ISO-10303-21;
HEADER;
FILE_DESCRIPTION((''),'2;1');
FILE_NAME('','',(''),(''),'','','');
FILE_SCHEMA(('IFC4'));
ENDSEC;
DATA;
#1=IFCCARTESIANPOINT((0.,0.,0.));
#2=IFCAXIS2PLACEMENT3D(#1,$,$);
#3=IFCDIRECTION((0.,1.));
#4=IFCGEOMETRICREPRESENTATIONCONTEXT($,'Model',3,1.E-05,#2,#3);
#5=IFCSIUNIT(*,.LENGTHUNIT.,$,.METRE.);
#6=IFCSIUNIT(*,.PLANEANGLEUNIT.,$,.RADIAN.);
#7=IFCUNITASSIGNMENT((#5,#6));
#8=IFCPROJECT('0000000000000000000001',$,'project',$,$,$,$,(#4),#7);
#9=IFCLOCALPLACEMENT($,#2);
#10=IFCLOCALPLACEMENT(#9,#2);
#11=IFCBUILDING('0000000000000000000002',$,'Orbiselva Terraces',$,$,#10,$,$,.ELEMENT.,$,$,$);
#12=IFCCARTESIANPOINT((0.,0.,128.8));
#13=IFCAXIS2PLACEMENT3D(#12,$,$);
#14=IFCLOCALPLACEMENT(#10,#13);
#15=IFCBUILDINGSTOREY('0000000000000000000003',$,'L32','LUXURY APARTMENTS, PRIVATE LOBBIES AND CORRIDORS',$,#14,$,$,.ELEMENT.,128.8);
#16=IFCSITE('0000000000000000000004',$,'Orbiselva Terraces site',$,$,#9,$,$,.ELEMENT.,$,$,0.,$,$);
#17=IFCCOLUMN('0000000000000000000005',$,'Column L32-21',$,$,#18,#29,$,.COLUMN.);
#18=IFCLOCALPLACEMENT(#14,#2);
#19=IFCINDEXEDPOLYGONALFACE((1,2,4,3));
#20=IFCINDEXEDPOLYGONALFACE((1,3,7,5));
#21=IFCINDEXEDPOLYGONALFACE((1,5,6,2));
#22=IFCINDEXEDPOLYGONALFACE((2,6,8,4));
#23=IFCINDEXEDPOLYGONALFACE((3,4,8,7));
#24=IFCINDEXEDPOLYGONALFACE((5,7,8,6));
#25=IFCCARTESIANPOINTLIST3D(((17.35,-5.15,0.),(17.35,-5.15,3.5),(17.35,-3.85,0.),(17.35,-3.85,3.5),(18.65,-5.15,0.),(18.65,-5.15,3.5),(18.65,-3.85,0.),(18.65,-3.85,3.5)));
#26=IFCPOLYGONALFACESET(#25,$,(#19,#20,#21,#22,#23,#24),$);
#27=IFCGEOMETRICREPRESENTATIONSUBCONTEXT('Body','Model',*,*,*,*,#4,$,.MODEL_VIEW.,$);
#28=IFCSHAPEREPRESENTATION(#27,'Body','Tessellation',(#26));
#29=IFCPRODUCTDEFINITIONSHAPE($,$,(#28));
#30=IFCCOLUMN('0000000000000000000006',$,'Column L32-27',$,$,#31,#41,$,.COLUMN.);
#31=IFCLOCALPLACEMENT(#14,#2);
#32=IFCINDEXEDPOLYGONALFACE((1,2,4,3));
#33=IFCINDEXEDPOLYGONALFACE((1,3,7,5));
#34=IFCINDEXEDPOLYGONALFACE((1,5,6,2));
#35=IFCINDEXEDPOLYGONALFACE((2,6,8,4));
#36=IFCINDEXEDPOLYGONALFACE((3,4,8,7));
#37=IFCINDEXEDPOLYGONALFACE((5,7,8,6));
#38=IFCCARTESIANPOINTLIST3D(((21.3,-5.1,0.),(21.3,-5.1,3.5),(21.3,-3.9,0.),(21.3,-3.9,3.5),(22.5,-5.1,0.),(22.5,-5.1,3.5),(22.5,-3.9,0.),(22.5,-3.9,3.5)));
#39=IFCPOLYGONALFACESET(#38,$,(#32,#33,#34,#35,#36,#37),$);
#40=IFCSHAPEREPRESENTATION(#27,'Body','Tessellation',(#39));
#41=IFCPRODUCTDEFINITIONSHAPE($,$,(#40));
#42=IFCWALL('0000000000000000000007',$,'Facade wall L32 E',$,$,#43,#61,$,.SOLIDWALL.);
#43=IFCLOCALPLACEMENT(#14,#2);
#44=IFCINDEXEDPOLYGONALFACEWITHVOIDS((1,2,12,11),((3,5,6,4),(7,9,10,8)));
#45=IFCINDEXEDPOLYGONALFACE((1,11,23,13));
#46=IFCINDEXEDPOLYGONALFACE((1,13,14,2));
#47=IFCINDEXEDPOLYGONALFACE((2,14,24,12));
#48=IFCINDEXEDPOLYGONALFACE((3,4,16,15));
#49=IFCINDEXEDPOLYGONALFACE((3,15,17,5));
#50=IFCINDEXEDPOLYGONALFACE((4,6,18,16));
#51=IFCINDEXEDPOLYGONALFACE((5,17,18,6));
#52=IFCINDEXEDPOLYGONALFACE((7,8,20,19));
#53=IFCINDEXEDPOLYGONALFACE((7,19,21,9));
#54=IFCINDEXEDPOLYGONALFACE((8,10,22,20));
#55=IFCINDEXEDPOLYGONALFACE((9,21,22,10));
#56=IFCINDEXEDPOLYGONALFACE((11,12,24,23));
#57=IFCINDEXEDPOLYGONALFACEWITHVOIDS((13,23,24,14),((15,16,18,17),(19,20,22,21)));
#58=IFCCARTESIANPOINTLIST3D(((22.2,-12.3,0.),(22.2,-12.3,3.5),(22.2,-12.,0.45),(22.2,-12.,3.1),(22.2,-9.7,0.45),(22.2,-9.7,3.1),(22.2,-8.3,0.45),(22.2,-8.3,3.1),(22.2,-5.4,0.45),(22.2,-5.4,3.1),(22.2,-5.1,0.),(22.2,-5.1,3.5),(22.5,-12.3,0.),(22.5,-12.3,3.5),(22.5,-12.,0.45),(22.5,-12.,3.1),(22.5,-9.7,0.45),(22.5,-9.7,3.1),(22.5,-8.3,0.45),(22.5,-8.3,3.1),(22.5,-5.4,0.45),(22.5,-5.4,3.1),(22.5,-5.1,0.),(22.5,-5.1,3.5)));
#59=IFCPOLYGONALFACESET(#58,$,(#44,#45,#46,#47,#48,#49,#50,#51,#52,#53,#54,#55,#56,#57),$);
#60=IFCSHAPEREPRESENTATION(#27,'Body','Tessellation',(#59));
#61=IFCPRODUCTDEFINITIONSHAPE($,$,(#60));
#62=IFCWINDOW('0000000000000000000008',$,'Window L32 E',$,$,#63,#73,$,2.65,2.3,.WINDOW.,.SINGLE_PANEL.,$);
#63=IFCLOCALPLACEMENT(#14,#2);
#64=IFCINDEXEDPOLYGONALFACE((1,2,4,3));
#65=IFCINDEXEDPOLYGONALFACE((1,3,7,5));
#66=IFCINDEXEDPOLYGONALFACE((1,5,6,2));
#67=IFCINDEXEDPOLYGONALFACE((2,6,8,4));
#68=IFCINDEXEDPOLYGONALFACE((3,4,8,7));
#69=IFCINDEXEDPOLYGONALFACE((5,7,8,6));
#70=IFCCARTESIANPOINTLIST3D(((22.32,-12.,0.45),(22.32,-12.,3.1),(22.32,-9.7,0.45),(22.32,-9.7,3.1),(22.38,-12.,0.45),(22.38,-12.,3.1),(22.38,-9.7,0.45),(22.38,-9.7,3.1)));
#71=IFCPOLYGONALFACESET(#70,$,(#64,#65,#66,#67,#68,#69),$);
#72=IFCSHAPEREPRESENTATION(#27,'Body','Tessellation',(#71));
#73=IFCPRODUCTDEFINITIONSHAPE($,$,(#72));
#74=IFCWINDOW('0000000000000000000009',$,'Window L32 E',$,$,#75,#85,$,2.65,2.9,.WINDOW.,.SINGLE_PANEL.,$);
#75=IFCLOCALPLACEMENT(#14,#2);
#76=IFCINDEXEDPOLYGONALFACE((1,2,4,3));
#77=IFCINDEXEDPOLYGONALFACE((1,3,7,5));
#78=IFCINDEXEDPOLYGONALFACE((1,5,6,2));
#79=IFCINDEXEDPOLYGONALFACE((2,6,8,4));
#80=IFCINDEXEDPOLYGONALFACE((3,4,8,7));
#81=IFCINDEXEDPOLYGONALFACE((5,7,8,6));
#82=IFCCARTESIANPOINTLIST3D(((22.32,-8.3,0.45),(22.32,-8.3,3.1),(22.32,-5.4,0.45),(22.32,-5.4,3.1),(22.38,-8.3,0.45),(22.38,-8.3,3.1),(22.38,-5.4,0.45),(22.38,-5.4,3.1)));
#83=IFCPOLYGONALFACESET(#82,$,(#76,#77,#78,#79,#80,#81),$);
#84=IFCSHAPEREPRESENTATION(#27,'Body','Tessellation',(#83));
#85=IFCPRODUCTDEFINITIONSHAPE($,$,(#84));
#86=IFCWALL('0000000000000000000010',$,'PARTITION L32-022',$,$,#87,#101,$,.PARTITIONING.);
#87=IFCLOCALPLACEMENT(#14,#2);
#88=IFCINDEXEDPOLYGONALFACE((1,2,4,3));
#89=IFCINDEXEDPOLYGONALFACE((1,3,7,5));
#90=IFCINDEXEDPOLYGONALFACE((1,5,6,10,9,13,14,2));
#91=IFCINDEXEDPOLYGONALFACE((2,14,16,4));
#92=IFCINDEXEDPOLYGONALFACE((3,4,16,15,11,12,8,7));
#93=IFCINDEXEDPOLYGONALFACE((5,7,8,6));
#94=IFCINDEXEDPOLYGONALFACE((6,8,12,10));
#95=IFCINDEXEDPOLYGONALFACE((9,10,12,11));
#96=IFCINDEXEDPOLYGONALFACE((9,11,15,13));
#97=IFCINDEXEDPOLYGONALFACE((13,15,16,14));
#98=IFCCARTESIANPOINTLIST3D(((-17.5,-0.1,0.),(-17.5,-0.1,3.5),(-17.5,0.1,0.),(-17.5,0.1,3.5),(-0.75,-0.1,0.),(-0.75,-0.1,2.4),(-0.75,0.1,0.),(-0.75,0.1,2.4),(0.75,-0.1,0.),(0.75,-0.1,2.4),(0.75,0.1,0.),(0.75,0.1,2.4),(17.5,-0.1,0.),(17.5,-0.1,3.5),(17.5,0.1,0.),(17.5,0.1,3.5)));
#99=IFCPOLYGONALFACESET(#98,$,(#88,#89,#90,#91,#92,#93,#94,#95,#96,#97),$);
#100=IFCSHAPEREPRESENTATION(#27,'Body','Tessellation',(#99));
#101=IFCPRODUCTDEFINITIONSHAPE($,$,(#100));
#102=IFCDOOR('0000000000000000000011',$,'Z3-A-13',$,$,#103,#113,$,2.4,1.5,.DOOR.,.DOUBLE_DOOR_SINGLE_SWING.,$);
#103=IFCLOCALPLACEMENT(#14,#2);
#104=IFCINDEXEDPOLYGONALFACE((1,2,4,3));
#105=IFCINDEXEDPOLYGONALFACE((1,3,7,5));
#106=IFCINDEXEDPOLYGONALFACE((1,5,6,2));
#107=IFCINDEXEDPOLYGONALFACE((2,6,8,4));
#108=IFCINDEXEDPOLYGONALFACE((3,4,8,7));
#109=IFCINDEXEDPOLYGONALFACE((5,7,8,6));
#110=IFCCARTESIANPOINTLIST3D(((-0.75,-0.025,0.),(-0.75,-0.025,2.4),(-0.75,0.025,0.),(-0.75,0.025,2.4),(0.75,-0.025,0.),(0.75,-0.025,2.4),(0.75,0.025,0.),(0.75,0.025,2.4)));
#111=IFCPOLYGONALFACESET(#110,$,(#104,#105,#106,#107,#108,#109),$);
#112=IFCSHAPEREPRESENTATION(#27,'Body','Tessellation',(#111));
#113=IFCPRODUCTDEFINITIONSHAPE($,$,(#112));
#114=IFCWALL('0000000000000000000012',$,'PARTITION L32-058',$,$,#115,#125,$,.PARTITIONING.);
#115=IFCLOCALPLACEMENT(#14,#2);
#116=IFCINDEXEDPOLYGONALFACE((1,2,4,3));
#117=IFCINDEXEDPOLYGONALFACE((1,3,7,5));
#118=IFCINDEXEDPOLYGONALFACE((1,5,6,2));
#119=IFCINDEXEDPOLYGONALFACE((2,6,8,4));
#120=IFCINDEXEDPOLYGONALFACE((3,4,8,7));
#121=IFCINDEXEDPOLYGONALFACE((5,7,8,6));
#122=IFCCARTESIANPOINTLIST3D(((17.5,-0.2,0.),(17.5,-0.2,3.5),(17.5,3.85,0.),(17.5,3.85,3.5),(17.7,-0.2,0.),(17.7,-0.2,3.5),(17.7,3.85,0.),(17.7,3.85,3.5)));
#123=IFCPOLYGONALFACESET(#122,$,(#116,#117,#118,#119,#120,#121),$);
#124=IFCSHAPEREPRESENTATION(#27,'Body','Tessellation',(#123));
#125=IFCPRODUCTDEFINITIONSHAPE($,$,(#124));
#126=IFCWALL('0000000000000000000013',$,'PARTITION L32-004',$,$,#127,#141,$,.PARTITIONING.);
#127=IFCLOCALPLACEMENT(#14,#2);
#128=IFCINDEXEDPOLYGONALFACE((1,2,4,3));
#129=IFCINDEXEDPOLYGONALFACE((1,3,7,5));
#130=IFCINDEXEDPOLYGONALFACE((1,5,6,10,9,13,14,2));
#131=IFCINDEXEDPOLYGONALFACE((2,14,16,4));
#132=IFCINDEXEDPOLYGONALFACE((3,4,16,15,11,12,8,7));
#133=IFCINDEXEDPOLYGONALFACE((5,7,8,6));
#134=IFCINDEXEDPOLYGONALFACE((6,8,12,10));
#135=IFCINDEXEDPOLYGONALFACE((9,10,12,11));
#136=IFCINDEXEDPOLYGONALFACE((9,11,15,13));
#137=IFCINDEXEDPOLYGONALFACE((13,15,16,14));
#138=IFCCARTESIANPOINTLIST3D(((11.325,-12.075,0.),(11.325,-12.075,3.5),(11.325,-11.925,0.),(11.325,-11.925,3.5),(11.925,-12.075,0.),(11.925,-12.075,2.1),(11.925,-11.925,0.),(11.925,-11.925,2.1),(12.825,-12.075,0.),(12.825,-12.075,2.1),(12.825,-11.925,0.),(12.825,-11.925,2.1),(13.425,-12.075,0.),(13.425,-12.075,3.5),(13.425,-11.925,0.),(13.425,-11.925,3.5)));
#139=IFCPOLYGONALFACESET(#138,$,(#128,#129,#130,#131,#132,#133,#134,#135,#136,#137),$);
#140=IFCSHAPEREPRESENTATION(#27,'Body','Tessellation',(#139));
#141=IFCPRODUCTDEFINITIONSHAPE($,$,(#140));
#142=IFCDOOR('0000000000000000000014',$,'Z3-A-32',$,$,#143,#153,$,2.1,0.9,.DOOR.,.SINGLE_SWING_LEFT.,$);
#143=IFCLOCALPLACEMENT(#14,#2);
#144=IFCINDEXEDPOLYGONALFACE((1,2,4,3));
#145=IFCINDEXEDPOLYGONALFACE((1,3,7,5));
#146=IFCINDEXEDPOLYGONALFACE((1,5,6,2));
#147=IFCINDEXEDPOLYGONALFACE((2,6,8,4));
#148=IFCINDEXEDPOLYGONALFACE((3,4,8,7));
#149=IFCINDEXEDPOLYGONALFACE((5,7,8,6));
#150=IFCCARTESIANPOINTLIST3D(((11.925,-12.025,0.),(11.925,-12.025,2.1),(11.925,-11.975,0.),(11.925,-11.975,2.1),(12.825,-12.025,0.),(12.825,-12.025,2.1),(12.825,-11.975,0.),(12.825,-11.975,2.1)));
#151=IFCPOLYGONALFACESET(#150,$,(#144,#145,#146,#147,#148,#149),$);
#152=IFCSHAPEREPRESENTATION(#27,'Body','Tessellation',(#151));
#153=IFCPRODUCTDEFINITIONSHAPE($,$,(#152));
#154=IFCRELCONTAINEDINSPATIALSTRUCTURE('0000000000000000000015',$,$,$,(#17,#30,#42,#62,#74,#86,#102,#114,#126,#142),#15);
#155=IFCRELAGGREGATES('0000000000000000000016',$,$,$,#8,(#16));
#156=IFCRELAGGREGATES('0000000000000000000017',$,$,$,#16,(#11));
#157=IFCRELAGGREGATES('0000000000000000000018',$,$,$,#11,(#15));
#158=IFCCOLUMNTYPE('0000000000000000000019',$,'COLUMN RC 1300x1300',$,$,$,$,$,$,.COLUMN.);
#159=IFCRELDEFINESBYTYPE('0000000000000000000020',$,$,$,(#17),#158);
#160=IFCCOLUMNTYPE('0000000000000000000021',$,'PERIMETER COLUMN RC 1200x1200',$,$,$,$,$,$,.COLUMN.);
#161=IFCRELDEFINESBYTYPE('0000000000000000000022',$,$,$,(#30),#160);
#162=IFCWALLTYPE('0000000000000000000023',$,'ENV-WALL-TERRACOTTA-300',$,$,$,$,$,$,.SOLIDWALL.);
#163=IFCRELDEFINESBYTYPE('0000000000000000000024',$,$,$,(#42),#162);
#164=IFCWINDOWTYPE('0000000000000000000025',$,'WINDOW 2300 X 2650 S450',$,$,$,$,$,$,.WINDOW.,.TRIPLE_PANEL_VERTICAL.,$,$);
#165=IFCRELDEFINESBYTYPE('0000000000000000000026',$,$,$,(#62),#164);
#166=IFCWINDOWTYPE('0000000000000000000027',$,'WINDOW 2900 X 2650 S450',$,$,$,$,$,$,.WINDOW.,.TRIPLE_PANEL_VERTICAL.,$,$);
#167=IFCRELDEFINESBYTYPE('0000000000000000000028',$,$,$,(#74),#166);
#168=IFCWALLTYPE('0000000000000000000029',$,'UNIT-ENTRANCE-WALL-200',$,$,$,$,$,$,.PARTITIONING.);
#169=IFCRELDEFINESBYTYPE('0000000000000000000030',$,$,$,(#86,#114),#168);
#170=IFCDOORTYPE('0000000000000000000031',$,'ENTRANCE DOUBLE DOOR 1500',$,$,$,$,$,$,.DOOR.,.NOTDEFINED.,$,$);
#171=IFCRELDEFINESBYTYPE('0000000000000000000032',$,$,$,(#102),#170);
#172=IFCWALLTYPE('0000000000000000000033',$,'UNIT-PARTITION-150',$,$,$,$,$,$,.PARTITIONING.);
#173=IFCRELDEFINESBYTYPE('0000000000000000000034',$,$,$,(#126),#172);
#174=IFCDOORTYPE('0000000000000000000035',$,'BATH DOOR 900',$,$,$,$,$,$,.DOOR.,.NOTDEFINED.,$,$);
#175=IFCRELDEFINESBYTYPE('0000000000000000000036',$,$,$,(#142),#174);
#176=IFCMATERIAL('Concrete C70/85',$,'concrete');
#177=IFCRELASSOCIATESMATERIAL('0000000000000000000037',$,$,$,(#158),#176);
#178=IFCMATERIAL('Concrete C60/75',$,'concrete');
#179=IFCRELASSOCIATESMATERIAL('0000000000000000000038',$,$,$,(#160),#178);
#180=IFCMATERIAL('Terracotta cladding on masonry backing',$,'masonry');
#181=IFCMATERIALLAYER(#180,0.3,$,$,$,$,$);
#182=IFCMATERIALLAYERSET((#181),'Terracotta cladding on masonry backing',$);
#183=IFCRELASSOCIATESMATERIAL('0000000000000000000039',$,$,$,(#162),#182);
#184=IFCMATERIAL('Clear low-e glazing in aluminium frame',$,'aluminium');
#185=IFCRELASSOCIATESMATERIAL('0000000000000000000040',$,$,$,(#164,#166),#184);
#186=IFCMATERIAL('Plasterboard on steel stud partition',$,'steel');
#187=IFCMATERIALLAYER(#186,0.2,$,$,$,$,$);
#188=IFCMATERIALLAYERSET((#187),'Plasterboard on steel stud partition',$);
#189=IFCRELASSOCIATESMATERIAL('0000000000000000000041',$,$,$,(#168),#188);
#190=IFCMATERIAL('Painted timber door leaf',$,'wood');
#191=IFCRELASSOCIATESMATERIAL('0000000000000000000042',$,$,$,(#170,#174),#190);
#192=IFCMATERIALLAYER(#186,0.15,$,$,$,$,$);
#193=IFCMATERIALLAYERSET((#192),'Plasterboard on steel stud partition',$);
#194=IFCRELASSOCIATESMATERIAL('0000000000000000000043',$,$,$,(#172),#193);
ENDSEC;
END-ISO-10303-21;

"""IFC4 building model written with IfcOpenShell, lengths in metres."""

from ifc_helpers import new_model, si_unit, direction, frame, frame_2d, origin, origin_2d, place, context, subcontext, project, spatial, rectangle, extrude, material, layer, layer_set, material_profile, profile_set, type_object, element, fill, save


model = new_model("IFC4")

# Units and contexts
model_context = context("Model", 3, precision=1e-05, world=origin(), true_north=direction((0.0, 1.0)))
body_context = subcontext(model_context, "Body", "Model", "MODEL_VIEW")
ifc_project = project(units=[si_unit("LENGTHUNIT", "METRE"), si_unit("PLANEANGLEUNIT", "RADIAN")], contexts=[model_context])

# Site, building, storey
site_placement = place(None, origin())
site = spatial("IfcSite", under=ifc_project, at=site_placement, Name="Orbiselva Terraces site", CompositionType="ELEMENT", RefElevation=0.0)
building_placement = place(site_placement, origin())
building = spatial("IfcBuilding", under=site, at=building_placement, Name="Orbiselva Terraces", CompositionType="ELEMENT")
storey_placement = place(building_placement, frame((0.0, 0.0, 128.8)))
storey = spatial("IfcBuildingStorey", under=building, at=storey_placement, Name="L32", Description="LUXURY APARTMENTS, PRIVATE LOBBIES AND CORRIDORS", CompositionType="ELEMENT", Elevation=128.8)

# Columns
ifc_material_1 = material(Name="Concrete C70/85", Category="concrete")
ifc_material_profile_1 = material_profile(ifc_material_1, rectangle(XDim=1.3, YDim=1.3, at=origin_2d()), Name="RC 1300x1300")
ifc_profile_set_1 = profile_set([ifc_material_profile_1], Name="Concrete C70/85")
column_type_1 = type_object("IfcColumnType", Name="COLUMN RC 1300x1300", PredefinedType="COLUMN", material=ifc_profile_set_1)
column_1_placement = place(storey_placement, frame((18.0, -4.5, 0.0), z_axis=(0.0, 0.0, 1.0), x_axis=(1.0, 0.0, 0.0)))
element("IfcColumn", 1, at=column_1_placement, inside=storey, type_object=column_type_1, Name="Column L32-21", PredefinedType="COLUMN", context=body_context, shape_type="SweptSolid", body=[
    extrude(rectangle(XDim=1.3, YDim=1.3, at=origin_2d()), origin(), (0.0, 0.0, 1.0), 3.5),
])
ifc_material_2 = material(Name="Concrete C60/75", Category="concrete")
ifc_material_profile_2 = material_profile(ifc_material_2, rectangle(XDim=1.2, YDim=1.2, at=origin_2d()), Name="RC 1200x1200")
ifc_profile_set_2 = profile_set([ifc_material_profile_2], Name="Concrete C60/75")
column_type_2 = type_object("IfcColumnType", Name="PERIMETER COLUMN RC 1200x1200", PredefinedType="COLUMN", material=ifc_profile_set_2)
column_2_placement = place(storey_placement, frame((21.9, -4.5, 0.0), z_axis=(0.0, 0.0, 1.0), x_axis=(1.0, 0.0, 0.0)))
element("IfcColumn", 2, at=column_2_placement, inside=storey, type_object=column_type_2, Name="Column L32-27", PredefinedType="COLUMN", context=body_context, shape_type="SweptSolid", body=[
    extrude(rectangle(XDim=1.2, YDim=1.2, at=origin_2d()), origin(), (0.0, 0.0, 1.0), 3.5),
])

# Wall, openings, windows
ifc_material_3 = material(Name="Terracotta cladding on masonry backing", Category="masonry")
ifc_layer_1 = layer(ifc_material_3, 0.3)
ifc_layer_set_1 = layer_set([ifc_layer_1], Name="Terracotta cladding on masonry backing")
wall_type_1 = type_object("IfcWallType", Name="ENV-WALL-TERRACOTTA-300", PredefinedType="SOLIDWALL", material=ifc_layer_set_1)
wall_1_placement = place(storey_placement, frame((22.35, -5.1, 0.0), z_axis=(0.0, 0.0, 1.0), x_axis=(0.0, -1.0, 0.0)))
wall_1 = element("IfcWall", 3, at=wall_1_placement, inside=storey, type_object=wall_type_1, Name="Facade wall L32 E", PredefinedType="SOLIDWALL", context=body_context, shape_type="SweptSolid", body=[
    extrude(rectangle(XDim=7.2, YDim=0.3, at=frame_2d((3.6, 0.0))), origin(), (0.0, 0.0, 1.0), 3.5),
])
opening_1_placement = place(wall_1_placement, frame((4.6, 0.0, 0.45)))
opening_1 = element("IfcOpeningElement", 4, at=opening_1_placement, cuts=wall_1, PredefinedType="OPENING", context=body_context, shape_type="SweptSolid", body=[
    extrude(rectangle(XDim=2.3, YDim=2.65, at=frame_2d((1.15, 1.325))), frame((0.0, 0.16, 0.0), z_axis=(0.0, -1.0, 0.0), x_axis=(1.0, 0.0, 0.0)), (0.0, 0.0, 1.0), 0.32),
])
opening_2_placement = place(wall_1_placement, frame((0.3, 0.0, 0.45)))
opening_2 = element("IfcOpeningElement", 5, at=opening_2_placement, cuts=wall_1, PredefinedType="OPENING", context=body_context, shape_type="SweptSolid", body=[
    extrude(rectangle(XDim=2.9, YDim=2.65, at=frame_2d((1.45, 1.325))), frame((0.0, 0.16, 0.0), z_axis=(0.0, -1.0, 0.0), x_axis=(1.0, 0.0, 0.0)), (0.0, 0.0, 1.0), 0.32),
])
ifc_material_4 = material(Name="Clear low-e glazing in aluminium frame", Category="aluminium")
window_type_1 = type_object("IfcWindowType", Name="WINDOW 2300 X 2650 S450", PartitioningType="TRIPLE_PANEL_VERTICAL", PredefinedType="WINDOW", material=ifc_material_4)
window_1_placement = place(opening_1_placement, origin())
window_1 = element("IfcWindow", 6, at=window_1_placement, inside=storey, type_object=window_type_1, Name="Window L32 E", OverallHeight=2.65, OverallWidth=2.3, PartitioningType="SINGLE_PANEL", PredefinedType="WINDOW", context=body_context, shape_type="SweptSolid", body=[
    extrude(rectangle(XDim=2.3, YDim=2.65, at=frame_2d((1.15, 1.325))), frame((0.0, 0.03, 0.0), z_axis=(0.0, -1.0, 0.0), x_axis=(1.0, 0.0, 0.0)), (0.0, 0.0, 1.0), 0.06),
])
fill(opening_1, window_1)
window_type_2 = type_object("IfcWindowType", Name="WINDOW 2900 X 2650 S450", PartitioningType="TRIPLE_PANEL_VERTICAL", PredefinedType="WINDOW", material=ifc_material_4)
window_2_placement = place(opening_2_placement, origin())
window_2 = element("IfcWindow", 7, at=window_2_placement, inside=storey, type_object=window_type_2, Name="Window L32 E", OverallHeight=2.65, OverallWidth=2.9, PartitioningType="SINGLE_PANEL", PredefinedType="WINDOW", context=body_context, shape_type="SweptSolid", body=[
    extrude(rectangle(XDim=2.9, YDim=2.65, at=frame_2d((1.45, 1.325))), frame((0.0, 0.03, 0.0), z_axis=(0.0, -1.0, 0.0), x_axis=(1.0, 0.0, 0.0)), (0.0, 0.0, 1.0), 0.06),
])
fill(opening_2, window_2)

# Wall, opening, door
ifc_material_5 = material(Name="Plasterboard on steel stud partition", Category="steel")
ifc_layer_2 = layer(ifc_material_5, 0.2)
ifc_layer_set_2 = layer_set([ifc_layer_2], Name="Plasterboard on steel stud partition")
wall_type_2 = type_object("IfcWallType", Name="UNIT-ENTRANCE-WALL-200", PredefinedType="PARTITIONING", material=ifc_layer_set_2)
wall_2_placement = place(storey_placement, frame((17.5, 0.0, 0.0), z_axis=(0.0, 0.0, 1.0), x_axis=(-1.0, 0.0, 0.0)))
wall_2 = element("IfcWall", 8, at=wall_2_placement, inside=storey, type_object=wall_type_2, Name="PARTITION L32-022", PredefinedType="PARTITIONING", context=body_context, shape_type="SweptSolid", body=[
    extrude(rectangle(XDim=35.0, YDim=0.2, at=frame_2d((17.5, 0.0))), origin(), (0.0, 0.0, 1.0), 3.5),
])
opening_3_placement = place(wall_2_placement, frame((16.75, 0.0, 0.0)))
opening_3 = element("IfcOpeningElement", 9, at=opening_3_placement, cuts=wall_2, PredefinedType="OPENING", context=body_context, shape_type="SweptSolid", body=[
    extrude(rectangle(XDim=1.5, YDim=2.4, at=frame_2d((0.75, 1.2))), frame((0.0, 0.11, 0.0), z_axis=(0.0, -1.0, 0.0), x_axis=(1.0, 0.0, 0.0)), (0.0, 0.0, 1.0), 0.22),
])
ifc_material_6 = material(Name="Painted timber door leaf", Category="wood")
door_type_1 = type_object("IfcDoorType", Name="ENTRANCE DOUBLE DOOR 1500", OperationType="NOTDEFINED", PredefinedType="DOOR", material=ifc_material_6)
door_1_placement = place(opening_3_placement, origin())
door_1 = element("IfcDoor", 10, at=door_1_placement, inside=storey, type_object=door_type_1, Name="Z3-A-13", OperationType="DOUBLE_DOOR_SINGLE_SWING", OverallHeight=2.4, OverallWidth=1.5, PredefinedType="DOOR", context=body_context, shape_type="SweptSolid", body=[
    extrude(rectangle(XDim=1.5, YDim=2.4, at=frame_2d((0.75, 1.2))), frame((0.0, 0.025, 0.0), z_axis=(0.0, -1.0, 0.0), x_axis=(1.0, 0.0, 0.0)), (0.0, 0.0, 1.0), 0.05),
])
fill(opening_3, door_1)

# Wall
wall_3_placement = place(storey_placement, frame((17.6, -0.2, 0.0), z_axis=(0.0, 0.0, 1.0), x_axis=(0.0, 1.0, 0.0)))
element("IfcWall", 11, at=wall_3_placement, inside=storey, type_object=wall_type_2, Name="PARTITION L32-058", PredefinedType="PARTITIONING", context=body_context, shape_type="SweptSolid", body=[
    extrude(rectangle(XDim=4.05, YDim=0.2, at=frame_2d((2.025, 0.0))), origin(), (0.0, 0.0, 1.0), 3.5),
])

# Wall, opening, door
ifc_layer_3 = layer(ifc_material_5, 0.15)
ifc_layer_set_3 = layer_set([ifc_layer_3], Name="Plasterboard on steel stud partition")
wall_type_3 = type_object("IfcWallType", Name="UNIT-PARTITION-150", PredefinedType="PARTITIONING", material=ifc_layer_set_3)
wall_4_placement = place(storey_placement, frame((11.325, -12.0, 0.0), z_axis=(0.0, 0.0, 1.0), x_axis=(1.0, 0.0, 0.0)))
wall_4 = element("IfcWall", 12, at=wall_4_placement, inside=storey, type_object=wall_type_3, Name="PARTITION L32-004", PredefinedType="PARTITIONING", context=body_context, shape_type="SweptSolid", body=[
    extrude(rectangle(XDim=2.1, YDim=0.15, at=frame_2d((1.05, 0.0))), origin(), (0.0, 0.0, 1.0), 3.5),
])
opening_4_placement = place(wall_4_placement, frame((0.6, 0.0, 0.0)))
opening_4 = element("IfcOpeningElement", 13, at=opening_4_placement, cuts=wall_4, PredefinedType="OPENING", context=body_context, shape_type="SweptSolid", body=[
    extrude(rectangle(XDim=0.9, YDim=2.1, at=frame_2d((0.45, 1.05))), frame((0.0, 0.085, 0.0), z_axis=(0.0, -1.0, 0.0), x_axis=(1.0, 0.0, 0.0)), (0.0, 0.0, 1.0), 0.17),
])
door_type_2 = type_object("IfcDoorType", Name="BATH DOOR 900", OperationType="NOTDEFINED", PredefinedType="DOOR", material=ifc_material_6)
door_2_placement = place(opening_4_placement, origin())
door_2 = element("IfcDoor", 14, at=door_2_placement, inside=storey, type_object=door_type_2, Name="Z3-A-32", OperationType="SINGLE_SWING_LEFT", OverallHeight=2.1, OverallWidth=0.9, PredefinedType="DOOR", context=body_context, shape_type="SweptSolid", body=[
    extrude(rectangle(XDim=0.9, YDim=2.1, at=frame_2d((0.45, 1.05))), frame((0.0, 0.025, 0.0), z_axis=(0.0, -1.0, 0.0), x_axis=(1.0, 0.0, 0.0)), (0.0, 0.0, 1.0), 0.05),
])
fill(opening_4, door_2)

save(model, "model.ifc")
